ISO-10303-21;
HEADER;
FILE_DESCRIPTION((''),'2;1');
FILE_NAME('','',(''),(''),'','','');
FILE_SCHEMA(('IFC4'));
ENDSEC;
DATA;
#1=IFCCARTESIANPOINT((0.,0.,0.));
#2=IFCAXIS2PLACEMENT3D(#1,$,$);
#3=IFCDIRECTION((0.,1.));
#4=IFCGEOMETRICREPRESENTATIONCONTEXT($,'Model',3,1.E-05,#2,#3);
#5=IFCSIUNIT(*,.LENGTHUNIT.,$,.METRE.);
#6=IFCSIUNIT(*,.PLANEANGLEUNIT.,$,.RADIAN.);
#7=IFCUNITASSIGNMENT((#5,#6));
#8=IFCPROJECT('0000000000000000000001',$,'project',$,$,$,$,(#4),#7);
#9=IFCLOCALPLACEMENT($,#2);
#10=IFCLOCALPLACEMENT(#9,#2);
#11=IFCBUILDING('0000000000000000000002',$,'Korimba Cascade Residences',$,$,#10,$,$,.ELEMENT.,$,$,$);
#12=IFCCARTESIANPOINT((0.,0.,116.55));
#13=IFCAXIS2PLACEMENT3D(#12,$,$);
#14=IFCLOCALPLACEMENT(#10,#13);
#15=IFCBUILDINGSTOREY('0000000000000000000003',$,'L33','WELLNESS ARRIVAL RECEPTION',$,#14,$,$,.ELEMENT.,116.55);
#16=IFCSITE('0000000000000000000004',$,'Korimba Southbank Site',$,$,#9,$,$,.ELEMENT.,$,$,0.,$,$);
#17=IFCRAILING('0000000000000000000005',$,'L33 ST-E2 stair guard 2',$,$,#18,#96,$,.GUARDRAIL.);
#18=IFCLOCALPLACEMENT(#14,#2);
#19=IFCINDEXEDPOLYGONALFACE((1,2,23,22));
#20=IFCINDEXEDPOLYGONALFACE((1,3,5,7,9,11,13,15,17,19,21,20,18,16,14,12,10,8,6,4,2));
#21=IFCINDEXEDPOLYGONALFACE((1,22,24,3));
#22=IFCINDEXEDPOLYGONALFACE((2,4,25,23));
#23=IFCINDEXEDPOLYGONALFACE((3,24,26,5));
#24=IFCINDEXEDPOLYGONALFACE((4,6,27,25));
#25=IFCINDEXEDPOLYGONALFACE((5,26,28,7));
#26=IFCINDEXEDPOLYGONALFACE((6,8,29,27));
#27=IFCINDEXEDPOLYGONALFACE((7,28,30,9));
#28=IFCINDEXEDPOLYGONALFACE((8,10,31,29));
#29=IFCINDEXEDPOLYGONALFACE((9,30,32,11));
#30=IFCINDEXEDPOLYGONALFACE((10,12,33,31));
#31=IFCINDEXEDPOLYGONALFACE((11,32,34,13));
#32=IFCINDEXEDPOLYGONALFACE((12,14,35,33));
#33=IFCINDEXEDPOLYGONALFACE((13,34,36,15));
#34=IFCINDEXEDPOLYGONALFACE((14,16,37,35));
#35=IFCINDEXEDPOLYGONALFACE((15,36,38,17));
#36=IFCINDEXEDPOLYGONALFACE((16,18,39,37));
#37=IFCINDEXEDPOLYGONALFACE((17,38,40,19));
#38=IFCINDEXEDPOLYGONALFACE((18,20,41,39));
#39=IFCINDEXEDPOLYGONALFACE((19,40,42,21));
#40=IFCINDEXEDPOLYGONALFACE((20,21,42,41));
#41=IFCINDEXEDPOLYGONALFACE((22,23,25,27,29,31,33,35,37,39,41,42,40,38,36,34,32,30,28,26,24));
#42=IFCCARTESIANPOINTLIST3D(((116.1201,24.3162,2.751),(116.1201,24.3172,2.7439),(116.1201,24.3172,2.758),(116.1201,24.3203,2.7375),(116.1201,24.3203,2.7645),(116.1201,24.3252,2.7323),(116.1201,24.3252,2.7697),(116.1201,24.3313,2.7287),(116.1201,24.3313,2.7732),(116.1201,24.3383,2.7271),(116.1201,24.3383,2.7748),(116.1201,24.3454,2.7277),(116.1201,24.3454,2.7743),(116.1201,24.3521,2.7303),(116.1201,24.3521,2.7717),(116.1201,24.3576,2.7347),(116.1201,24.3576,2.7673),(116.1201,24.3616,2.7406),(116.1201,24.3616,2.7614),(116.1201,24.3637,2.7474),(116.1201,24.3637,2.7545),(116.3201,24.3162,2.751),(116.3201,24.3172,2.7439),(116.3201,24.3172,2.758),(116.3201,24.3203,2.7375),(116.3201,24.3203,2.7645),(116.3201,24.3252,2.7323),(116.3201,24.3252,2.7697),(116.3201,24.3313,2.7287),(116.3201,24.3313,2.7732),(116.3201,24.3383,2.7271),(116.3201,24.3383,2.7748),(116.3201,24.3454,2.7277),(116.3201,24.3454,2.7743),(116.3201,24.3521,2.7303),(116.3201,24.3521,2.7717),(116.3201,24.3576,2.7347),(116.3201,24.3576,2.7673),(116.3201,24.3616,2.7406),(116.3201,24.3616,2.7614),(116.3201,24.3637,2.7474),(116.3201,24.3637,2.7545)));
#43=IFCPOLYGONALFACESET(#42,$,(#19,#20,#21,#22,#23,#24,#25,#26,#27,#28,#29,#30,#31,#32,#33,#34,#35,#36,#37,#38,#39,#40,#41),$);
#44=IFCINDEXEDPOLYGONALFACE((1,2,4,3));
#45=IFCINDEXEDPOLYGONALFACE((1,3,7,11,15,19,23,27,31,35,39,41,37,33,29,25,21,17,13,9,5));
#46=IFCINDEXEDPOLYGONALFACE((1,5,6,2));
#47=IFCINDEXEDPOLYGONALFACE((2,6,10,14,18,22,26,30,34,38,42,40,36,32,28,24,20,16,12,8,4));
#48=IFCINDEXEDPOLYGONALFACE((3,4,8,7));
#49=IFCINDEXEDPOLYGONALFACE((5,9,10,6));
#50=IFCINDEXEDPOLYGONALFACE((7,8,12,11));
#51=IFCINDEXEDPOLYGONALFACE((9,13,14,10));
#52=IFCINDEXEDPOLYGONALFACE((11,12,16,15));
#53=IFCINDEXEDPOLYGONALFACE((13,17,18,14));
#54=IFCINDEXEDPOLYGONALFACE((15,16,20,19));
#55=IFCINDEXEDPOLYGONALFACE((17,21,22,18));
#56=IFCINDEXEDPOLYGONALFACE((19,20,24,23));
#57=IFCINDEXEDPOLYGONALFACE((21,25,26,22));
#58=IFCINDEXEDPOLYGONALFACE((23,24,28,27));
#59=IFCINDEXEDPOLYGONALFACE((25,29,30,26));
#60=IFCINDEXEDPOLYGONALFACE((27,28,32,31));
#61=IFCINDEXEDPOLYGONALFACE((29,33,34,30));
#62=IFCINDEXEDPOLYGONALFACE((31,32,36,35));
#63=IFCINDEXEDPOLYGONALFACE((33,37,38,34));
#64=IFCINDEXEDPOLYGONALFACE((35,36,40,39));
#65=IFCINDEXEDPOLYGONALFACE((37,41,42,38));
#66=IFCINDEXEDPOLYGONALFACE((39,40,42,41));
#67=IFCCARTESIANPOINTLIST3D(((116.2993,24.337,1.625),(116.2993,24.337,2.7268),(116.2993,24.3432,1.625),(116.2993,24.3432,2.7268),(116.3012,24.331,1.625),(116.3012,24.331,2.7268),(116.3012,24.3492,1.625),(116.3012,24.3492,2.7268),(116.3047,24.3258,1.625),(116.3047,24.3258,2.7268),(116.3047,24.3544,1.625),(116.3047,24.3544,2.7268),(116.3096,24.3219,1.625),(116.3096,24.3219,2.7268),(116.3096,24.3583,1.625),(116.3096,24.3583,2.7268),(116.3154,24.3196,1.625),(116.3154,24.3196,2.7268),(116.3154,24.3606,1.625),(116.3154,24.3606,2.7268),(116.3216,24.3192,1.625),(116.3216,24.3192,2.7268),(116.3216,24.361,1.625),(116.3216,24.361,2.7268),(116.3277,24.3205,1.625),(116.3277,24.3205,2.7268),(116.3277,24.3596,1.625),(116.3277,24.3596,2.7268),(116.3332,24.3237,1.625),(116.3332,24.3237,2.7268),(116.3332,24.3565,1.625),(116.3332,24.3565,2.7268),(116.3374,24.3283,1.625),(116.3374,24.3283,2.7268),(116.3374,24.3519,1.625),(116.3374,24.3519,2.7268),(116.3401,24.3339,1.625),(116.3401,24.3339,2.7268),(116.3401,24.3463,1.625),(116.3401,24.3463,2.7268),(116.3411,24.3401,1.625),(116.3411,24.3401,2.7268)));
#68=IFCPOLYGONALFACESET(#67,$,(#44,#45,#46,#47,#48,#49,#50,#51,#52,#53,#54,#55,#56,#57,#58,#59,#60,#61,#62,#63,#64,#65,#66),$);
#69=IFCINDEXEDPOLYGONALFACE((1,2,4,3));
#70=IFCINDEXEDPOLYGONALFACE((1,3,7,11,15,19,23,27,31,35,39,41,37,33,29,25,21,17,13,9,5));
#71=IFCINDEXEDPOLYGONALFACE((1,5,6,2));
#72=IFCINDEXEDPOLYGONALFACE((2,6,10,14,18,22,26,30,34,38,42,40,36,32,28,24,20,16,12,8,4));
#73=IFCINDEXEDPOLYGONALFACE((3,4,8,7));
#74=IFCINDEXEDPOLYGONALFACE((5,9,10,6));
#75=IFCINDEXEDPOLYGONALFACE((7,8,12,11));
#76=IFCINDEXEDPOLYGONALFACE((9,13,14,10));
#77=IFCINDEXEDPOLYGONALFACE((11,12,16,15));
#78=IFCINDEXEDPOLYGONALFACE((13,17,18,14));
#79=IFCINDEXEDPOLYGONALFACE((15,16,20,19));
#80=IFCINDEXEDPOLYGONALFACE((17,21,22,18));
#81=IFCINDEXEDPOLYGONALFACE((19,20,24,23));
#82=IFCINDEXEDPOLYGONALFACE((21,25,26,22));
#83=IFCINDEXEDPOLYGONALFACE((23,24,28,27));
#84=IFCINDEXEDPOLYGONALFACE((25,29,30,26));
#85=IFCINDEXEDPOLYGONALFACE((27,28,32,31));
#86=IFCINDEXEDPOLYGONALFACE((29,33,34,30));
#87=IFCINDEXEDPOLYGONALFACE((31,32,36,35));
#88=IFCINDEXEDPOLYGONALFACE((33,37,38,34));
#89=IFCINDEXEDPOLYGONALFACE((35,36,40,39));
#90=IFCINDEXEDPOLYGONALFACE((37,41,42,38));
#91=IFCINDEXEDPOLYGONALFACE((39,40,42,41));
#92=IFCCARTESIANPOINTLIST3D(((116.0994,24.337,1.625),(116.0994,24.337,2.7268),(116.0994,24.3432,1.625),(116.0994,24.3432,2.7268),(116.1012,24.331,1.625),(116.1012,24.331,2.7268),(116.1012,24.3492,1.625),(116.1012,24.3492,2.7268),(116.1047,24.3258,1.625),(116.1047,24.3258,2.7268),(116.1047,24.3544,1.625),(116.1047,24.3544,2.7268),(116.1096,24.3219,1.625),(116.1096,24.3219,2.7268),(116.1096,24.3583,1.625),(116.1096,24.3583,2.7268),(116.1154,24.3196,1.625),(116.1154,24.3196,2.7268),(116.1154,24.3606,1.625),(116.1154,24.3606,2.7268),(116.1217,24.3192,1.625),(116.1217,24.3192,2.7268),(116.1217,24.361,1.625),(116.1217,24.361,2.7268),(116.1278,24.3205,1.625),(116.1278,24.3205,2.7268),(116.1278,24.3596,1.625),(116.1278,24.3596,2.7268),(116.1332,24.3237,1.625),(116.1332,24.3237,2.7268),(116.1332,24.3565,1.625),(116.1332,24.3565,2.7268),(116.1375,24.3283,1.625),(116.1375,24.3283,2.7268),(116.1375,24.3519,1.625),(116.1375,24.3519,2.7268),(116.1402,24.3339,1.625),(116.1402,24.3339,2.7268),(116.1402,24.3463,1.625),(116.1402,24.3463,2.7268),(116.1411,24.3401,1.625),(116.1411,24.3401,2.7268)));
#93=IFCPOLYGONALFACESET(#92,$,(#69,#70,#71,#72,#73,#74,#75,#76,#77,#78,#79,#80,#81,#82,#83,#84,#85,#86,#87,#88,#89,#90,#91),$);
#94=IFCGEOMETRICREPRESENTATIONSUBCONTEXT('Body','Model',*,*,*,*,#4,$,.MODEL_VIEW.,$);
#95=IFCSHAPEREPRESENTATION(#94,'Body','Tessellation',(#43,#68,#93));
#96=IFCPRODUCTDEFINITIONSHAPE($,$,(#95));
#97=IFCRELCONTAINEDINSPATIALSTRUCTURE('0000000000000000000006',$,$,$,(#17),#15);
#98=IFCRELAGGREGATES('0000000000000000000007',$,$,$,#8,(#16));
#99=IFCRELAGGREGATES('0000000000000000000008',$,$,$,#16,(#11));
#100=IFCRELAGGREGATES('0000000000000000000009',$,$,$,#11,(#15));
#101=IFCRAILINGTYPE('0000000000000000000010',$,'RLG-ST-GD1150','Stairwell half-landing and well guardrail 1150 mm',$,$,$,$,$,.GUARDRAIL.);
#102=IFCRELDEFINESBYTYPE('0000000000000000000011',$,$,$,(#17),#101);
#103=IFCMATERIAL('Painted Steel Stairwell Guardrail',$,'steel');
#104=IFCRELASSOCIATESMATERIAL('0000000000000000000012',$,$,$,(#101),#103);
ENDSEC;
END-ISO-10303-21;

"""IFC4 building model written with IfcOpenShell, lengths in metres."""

from ifc_helpers import new_model, si_unit, direction, frame, origin, origin_2d, place, context, subcontext, project, spatial, circle, extrude, material, type_object, element, save


model = new_model("IFC4")

# Units and contexts
model_context = context("Model", 3, precision=1e-05, world=origin(), true_north=direction((0.0, 1.0)))
body_context = subcontext(model_context, "Body", "Model", "MODEL_VIEW")
ifc_project = project(units=[si_unit("LENGTHUNIT", "METRE"), si_unit("PLANEANGLEUNIT", "RADIAN")], contexts=[model_context])

# Site, building, storey
site_placement = place(None, origin())
site = spatial("IfcSite", under=ifc_project, at=site_placement, Name="Korimba Southbank Site", CompositionType="ELEMENT", RefElevation=0.0)
building_placement = place(site_placement, origin())
building = spatial("IfcBuilding", under=site, at=building_placement, Name="Korimba Cascade Residences", CompositionType="ELEMENT")
storey_placement = place(building_placement, frame((0.0, 0.0, 116.55)))
storey = spatial("IfcBuildingStorey", under=building, at=storey_placement, Name="L33", Description="WELLNESS ARRIVAL RECEPTION", CompositionType="ELEMENT", Elevation=116.55)

# Railing
ifc_material_1 = material(Name="Painted Steel Stairwell Guardrail", Category="steel")
railing_type_1 = type_object("IfcRailingType", Name="RLG-ST-GD1150", Description="Stairwell half-landing and well guardrail 1150 mm", PredefinedType="GUARDRAIL", material=ifc_material_1)
railing_1_placement = place(storey_placement, frame((116.3201, 24.3401, 1.625)))
element("IfcRailing", 1, at=railing_1_placement, inside=storey, type_object=railing_type_1, Name="L33 ST-E2 stair guard 2", PredefinedType="GUARDRAIL", context=body_context, shape_type="SweptSolid", body=[
    extrude(circle(Radius=0.0239, at=origin_2d()), frame((0.0, 0.0, 1.126), z_axis=(-1.0, 0.0, 0.0), x_axis=(0.0, -1.0, 0.0)), (0.0, 0.0, 1.0), 0.2),
    extrude(circle(Radius=0.021, at=origin_2d()), origin(), (0.0, 0.0, 1.0), 1.1018),
    extrude(circle(Radius=0.021, at=origin_2d()), frame((-0.2, 0.0, 0.0)), (0.0, 0.0, 1.0), 1.1018),
])

save(model, "model.ifc")
